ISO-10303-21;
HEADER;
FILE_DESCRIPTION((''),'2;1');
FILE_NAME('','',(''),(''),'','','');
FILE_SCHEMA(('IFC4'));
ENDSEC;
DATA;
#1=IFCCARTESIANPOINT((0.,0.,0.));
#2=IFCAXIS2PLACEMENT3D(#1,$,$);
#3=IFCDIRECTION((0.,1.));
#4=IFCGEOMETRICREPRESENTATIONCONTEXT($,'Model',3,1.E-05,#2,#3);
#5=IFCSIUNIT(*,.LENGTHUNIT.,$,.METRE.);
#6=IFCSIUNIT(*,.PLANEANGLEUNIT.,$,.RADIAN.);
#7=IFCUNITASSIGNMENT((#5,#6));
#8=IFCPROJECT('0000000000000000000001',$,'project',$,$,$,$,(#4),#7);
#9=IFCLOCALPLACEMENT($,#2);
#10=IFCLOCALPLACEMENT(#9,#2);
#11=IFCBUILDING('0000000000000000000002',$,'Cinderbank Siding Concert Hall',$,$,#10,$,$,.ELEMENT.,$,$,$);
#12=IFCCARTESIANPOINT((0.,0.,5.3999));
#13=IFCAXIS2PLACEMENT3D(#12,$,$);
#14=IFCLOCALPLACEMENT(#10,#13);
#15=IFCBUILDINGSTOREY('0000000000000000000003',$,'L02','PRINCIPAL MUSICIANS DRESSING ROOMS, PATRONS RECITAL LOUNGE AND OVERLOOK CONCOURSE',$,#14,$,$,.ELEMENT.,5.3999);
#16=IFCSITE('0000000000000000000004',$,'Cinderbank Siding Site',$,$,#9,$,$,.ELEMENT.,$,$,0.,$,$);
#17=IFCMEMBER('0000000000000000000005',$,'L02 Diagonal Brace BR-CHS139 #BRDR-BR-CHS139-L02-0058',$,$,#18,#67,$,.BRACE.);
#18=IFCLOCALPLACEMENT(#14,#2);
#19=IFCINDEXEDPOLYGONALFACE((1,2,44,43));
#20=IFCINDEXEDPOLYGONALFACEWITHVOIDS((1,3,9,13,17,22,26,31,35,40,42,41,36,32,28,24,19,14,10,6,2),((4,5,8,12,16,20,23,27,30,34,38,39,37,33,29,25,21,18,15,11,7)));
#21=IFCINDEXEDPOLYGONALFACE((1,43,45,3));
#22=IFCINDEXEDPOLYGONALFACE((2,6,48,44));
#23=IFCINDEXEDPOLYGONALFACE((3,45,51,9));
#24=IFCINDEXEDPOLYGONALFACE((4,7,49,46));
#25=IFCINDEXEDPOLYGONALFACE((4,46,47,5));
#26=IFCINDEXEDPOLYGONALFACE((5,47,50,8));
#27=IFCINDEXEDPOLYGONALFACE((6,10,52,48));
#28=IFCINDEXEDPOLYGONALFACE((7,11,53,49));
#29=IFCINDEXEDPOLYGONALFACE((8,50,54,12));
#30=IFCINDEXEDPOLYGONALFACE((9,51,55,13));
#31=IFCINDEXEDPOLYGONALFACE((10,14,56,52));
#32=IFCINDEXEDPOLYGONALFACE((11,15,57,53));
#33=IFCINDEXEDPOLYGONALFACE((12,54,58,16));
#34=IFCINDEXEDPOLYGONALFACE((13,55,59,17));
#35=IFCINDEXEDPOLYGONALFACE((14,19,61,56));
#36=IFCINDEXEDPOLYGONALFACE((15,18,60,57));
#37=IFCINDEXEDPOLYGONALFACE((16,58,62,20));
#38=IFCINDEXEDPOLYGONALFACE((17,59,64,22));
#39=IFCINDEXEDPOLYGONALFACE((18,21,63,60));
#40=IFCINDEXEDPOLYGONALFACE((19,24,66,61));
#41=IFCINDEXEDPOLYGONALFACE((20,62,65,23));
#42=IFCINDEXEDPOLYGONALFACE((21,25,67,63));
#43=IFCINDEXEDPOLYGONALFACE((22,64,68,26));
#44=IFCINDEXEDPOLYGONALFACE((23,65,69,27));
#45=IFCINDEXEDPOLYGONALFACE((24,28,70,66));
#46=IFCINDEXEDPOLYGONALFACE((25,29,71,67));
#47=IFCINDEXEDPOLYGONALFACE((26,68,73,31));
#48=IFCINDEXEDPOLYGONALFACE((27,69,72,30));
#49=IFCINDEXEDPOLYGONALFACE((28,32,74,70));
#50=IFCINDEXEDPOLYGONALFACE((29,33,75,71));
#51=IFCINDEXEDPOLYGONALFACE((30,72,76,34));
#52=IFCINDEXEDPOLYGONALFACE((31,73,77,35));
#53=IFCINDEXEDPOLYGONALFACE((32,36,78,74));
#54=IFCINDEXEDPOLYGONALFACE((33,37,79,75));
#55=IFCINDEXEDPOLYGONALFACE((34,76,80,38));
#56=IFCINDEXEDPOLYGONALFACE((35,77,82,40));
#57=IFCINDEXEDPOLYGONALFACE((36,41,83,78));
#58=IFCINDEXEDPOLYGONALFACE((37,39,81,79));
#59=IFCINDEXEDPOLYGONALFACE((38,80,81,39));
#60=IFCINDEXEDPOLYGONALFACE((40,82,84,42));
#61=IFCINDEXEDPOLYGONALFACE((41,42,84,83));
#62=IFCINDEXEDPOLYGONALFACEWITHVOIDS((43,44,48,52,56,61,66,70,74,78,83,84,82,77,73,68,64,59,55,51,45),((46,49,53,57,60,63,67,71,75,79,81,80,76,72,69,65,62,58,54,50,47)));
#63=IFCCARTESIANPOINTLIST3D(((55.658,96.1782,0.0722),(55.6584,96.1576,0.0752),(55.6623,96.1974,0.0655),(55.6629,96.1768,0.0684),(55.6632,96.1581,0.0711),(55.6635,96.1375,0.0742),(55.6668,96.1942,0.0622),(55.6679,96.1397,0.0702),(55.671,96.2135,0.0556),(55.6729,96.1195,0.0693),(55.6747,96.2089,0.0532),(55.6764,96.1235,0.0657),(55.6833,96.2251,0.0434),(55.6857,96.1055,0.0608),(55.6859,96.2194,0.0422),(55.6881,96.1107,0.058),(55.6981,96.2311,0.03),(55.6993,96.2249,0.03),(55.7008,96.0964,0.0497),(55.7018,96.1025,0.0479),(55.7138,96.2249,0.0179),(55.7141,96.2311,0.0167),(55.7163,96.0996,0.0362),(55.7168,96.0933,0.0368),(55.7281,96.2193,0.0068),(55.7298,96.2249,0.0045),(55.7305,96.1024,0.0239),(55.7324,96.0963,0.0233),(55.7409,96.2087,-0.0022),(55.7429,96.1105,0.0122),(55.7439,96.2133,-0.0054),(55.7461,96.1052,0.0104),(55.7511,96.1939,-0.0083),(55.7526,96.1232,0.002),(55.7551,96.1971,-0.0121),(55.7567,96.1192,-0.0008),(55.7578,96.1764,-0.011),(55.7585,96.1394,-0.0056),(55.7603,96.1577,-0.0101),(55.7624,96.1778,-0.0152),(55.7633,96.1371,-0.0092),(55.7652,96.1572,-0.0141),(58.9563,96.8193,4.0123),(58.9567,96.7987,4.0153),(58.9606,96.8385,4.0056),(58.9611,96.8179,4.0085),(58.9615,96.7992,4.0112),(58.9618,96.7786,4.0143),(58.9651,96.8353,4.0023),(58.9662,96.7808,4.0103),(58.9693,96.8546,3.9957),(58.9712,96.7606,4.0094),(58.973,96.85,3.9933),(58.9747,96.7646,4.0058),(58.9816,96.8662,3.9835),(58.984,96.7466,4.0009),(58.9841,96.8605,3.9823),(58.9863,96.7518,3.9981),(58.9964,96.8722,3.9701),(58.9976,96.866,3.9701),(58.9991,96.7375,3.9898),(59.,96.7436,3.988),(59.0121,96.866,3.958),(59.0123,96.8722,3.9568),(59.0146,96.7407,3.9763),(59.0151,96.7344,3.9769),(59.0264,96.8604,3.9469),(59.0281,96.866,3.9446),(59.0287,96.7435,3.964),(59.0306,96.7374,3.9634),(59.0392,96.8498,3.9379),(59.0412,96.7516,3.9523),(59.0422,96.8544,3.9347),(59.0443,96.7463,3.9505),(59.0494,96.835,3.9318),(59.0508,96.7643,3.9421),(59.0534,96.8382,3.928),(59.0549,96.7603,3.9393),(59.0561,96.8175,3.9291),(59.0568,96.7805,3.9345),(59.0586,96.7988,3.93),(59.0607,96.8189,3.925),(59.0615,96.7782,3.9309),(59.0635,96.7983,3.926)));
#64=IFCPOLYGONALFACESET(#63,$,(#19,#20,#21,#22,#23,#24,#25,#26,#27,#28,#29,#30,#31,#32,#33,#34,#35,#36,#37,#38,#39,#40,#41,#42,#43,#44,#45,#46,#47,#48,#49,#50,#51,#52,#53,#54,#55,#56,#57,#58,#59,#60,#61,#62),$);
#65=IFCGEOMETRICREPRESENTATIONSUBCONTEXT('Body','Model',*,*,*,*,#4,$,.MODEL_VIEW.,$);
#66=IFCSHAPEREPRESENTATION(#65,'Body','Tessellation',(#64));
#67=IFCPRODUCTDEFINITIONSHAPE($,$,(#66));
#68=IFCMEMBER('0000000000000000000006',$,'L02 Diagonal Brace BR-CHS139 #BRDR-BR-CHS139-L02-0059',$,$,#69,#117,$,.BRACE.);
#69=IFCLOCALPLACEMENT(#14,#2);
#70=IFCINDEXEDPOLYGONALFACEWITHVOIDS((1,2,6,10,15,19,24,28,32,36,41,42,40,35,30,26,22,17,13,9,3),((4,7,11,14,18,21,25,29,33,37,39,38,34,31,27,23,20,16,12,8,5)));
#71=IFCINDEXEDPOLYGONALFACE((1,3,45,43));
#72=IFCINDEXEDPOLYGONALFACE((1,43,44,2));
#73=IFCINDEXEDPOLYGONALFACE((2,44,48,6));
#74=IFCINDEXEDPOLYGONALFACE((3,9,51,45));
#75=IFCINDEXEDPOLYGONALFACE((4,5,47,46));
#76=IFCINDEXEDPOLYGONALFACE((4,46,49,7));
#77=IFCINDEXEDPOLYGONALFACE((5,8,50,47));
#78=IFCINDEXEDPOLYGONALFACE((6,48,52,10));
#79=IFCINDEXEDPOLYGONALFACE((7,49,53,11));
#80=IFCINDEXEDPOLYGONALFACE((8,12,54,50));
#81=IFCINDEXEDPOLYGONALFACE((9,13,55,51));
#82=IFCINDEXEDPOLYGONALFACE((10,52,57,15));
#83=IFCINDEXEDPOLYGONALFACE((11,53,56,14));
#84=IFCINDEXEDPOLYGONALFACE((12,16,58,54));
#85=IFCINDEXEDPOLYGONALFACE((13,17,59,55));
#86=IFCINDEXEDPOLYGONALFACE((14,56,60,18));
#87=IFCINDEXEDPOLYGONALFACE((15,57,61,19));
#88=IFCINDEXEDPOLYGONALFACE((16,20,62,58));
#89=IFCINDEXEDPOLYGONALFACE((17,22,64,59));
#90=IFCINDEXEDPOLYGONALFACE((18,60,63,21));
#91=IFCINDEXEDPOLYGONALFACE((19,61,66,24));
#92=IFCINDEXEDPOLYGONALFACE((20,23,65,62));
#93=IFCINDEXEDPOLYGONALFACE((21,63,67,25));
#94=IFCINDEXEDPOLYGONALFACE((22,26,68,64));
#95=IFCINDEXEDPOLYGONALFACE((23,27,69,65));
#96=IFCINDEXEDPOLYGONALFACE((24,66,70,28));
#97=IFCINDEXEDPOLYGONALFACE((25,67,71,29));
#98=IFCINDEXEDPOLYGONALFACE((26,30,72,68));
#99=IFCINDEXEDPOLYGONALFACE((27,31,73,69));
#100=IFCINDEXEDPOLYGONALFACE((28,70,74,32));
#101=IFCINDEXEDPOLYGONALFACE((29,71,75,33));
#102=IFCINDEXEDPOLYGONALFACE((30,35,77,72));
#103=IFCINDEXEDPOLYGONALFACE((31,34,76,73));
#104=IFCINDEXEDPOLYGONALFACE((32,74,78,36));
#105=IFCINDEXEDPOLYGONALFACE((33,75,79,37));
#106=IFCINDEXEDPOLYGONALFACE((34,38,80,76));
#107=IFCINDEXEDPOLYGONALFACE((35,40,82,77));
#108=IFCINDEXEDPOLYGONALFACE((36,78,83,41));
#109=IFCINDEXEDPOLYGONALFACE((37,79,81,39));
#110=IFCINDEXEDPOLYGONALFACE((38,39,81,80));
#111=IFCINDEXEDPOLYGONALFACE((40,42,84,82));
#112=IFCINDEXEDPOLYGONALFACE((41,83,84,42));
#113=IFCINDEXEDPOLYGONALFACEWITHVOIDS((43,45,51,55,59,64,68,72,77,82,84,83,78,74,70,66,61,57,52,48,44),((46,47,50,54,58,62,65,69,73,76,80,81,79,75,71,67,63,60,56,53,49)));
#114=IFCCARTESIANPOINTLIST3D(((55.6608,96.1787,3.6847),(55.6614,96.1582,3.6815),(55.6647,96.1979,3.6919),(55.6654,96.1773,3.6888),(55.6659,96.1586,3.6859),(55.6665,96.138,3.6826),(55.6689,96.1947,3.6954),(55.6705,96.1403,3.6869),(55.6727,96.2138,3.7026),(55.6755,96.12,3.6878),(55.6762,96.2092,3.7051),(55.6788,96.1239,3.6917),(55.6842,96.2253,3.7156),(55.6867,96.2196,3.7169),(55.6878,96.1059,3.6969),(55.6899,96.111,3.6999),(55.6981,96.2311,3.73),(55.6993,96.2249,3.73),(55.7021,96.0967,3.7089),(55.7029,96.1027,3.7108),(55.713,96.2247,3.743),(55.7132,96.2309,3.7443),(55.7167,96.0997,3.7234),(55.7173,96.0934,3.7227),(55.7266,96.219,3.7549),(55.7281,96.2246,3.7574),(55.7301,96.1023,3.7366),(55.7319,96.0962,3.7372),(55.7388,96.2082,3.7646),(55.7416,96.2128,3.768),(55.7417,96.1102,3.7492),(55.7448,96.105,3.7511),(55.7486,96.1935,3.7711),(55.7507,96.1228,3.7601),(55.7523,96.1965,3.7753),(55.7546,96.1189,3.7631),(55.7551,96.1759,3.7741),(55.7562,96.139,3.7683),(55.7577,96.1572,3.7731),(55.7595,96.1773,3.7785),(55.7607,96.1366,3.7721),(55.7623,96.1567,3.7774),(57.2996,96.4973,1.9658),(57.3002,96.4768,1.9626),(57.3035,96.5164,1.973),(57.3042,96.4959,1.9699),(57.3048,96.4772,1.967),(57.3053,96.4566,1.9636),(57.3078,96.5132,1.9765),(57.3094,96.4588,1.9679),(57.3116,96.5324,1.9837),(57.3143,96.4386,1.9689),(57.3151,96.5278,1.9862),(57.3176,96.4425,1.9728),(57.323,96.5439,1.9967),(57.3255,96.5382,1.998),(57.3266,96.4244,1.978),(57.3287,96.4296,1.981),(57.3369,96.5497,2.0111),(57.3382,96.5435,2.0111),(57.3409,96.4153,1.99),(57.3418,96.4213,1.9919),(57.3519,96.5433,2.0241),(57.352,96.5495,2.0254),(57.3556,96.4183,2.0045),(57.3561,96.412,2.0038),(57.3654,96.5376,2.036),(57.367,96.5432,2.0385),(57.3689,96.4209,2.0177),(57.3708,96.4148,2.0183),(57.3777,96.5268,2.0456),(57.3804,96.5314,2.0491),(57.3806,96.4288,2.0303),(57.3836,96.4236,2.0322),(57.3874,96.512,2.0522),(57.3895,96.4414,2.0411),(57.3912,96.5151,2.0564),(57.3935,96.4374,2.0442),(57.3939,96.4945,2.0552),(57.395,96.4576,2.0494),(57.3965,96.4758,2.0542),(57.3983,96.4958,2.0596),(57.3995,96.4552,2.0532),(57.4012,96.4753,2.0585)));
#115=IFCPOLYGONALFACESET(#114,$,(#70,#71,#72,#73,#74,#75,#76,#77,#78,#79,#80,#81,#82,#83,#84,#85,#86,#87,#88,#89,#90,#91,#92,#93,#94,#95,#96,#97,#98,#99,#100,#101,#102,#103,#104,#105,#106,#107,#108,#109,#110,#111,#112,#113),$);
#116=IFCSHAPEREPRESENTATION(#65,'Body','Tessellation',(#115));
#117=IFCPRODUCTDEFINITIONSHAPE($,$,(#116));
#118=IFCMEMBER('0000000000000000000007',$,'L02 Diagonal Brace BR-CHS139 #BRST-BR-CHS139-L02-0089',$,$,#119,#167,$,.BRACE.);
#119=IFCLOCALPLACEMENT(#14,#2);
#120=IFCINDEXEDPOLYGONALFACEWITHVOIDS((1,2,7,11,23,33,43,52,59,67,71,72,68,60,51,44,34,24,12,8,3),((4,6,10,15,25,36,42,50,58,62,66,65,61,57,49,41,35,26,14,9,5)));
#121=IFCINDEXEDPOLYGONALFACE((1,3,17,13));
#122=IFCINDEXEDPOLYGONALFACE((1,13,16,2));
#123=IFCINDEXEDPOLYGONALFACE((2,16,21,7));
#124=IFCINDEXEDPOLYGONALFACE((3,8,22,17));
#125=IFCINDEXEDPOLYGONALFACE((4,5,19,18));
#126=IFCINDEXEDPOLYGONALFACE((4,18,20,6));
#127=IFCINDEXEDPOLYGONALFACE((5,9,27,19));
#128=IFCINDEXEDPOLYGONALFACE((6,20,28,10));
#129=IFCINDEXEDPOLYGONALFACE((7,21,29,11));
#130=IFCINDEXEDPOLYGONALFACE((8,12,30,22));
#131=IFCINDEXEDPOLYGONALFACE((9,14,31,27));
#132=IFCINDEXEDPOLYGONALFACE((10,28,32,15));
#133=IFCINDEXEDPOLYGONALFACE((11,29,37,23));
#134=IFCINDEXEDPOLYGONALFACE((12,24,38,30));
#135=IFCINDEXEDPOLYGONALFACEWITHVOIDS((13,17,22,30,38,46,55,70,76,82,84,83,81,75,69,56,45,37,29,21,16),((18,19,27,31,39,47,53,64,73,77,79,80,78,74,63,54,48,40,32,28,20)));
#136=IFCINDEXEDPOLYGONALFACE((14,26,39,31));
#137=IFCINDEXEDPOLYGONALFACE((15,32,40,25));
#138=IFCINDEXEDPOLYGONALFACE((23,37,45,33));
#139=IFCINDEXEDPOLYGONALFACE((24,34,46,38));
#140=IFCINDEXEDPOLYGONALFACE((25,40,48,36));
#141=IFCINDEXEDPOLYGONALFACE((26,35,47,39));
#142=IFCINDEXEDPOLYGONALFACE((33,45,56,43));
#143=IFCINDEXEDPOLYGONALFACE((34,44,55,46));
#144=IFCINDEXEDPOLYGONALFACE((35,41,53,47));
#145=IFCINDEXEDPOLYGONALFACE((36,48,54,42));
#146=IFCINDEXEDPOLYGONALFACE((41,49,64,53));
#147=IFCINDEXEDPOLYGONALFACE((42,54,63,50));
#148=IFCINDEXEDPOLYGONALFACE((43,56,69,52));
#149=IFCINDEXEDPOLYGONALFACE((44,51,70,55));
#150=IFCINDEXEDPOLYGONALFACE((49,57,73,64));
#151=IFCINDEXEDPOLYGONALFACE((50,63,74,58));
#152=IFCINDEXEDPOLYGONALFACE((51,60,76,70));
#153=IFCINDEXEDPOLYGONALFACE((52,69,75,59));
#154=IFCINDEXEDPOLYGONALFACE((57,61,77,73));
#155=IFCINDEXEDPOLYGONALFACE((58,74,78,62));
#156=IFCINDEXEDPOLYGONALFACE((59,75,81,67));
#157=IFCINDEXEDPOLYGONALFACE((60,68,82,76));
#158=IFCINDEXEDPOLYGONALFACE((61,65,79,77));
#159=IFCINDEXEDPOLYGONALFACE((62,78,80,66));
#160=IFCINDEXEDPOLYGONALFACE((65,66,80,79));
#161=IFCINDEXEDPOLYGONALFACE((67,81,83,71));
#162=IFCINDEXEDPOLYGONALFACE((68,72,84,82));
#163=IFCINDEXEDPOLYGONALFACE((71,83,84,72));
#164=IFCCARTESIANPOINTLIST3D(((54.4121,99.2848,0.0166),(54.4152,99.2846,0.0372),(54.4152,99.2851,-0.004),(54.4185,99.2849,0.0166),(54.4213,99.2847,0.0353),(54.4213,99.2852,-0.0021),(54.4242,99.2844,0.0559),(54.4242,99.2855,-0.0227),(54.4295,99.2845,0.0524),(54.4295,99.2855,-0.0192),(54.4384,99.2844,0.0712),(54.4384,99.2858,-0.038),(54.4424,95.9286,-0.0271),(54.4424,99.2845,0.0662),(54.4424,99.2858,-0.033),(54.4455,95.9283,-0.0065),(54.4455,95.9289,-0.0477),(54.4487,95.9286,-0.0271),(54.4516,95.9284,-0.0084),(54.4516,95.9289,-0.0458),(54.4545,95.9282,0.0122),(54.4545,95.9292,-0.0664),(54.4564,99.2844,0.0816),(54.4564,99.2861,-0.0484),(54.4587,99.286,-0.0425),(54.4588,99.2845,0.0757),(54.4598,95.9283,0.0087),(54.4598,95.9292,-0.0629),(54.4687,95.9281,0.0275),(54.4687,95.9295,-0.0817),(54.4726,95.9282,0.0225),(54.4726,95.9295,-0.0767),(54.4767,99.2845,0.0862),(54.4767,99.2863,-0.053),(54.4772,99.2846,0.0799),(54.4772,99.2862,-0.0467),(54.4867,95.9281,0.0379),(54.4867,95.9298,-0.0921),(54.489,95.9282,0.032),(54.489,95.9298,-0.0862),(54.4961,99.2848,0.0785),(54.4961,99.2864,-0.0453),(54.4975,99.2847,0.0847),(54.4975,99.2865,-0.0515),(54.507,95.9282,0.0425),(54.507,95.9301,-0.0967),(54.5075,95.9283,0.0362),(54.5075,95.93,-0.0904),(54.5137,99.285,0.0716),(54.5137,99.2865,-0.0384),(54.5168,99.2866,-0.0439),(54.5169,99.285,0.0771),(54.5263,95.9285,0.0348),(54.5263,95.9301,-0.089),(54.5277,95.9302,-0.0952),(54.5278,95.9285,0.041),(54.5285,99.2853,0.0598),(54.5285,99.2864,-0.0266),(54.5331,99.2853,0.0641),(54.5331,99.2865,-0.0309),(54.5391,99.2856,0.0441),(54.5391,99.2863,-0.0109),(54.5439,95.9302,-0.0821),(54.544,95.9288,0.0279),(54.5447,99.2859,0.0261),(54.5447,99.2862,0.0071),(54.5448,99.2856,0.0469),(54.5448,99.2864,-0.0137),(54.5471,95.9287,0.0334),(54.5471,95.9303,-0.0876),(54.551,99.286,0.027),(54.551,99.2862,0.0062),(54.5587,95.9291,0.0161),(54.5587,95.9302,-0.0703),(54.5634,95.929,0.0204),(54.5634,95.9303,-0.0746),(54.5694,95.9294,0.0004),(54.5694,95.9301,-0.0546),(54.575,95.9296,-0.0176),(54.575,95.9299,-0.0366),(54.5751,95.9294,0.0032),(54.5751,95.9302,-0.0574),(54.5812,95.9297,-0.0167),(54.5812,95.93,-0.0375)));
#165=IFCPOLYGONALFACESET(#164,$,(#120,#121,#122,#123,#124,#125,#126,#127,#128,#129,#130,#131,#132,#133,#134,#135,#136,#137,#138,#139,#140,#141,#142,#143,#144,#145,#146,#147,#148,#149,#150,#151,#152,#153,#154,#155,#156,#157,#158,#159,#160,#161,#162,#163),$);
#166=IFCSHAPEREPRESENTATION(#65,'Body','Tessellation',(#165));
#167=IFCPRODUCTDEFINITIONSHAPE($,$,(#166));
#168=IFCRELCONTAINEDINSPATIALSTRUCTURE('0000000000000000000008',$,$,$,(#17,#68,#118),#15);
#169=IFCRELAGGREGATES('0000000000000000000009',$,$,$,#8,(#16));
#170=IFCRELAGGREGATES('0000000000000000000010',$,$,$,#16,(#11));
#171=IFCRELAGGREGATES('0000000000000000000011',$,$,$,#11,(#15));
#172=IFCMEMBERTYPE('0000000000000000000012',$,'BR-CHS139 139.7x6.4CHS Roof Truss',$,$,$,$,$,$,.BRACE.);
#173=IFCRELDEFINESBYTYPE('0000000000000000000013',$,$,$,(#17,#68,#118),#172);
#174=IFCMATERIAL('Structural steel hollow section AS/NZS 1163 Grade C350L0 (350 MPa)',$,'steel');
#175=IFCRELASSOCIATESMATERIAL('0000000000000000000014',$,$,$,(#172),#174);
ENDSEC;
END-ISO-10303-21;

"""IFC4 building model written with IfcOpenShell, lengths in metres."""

from ifc_helpers import new_model, si_unit, direction, frame, origin, origin_2d, place, context, subcontext, project, spatial, hollow_circle, extrude, material, material_profile, profile_set, type_object, element, save


model = new_model("IFC4")

# Units and contexts
model_context = context("Model", 3, precision=1e-05, world=origin(), true_north=direction((0.0, 1.0)))
body_context = subcontext(model_context, "Body", "Model", "MODEL_VIEW")
ifc_project = project(units=[si_unit("LENGTHUNIT", "METRE"), si_unit("PLANEANGLEUNIT", "RADIAN")], contexts=[model_context])

# Site, building, storey
site_placement = place(None, origin())
site = spatial("IfcSite", under=ifc_project, at=site_placement, Name="Cinderbank Siding Site", CompositionType="ELEMENT", RefElevation=0.0)
building_placement = place(site_placement, origin())
building = spatial("IfcBuilding", under=site, at=building_placement, Name="Cinderbank Siding Concert Hall", CompositionType="ELEMENT")
storey_placement = place(building_placement, frame((0.0, 0.0, 5.3999)))
storey = spatial("IfcBuildingStorey", under=building, at=storey_placement, Name="L02", Description="PRINCIPAL MUSICIANS DRESSING ROOMS, PATRONS RECITAL LOUNGE AND OVERLOOK CONCOURSE", CompositionType="ELEMENT", Elevation=5.3999)

# Members
ifc_material_1 = material(Name="Structural steel hollow section AS/NZS 1163 Grade C350L0 (350 MPa)", Category="steel")
ifc_material_profile_1 = material_profile(ifc_material_1, hollow_circle(Radius=0.0698, WallThickness=0.0063, at=origin_2d()), Name="139.7x6.4CHS", Category="LoadBearing")
ifc_profile_set_1 = profile_set([ifc_material_profile_1], Name="Structural steel hollow section AS/NZS 1163 Grade C350L0 (350 MPa)")
member_type_1 = type_object("IfcMemberType", Name="BR-CHS139 139.7x6.4CHS Roof Truss", PredefinedType="BRACE", material=ifc_profile_set_1)
member_1_placement = place(storey_placement, frame((55.7114, 96.1626, 0.03), z_axis=(0.63695, 0.123807, 0.760898), x_axis=(-0.190804, 0.981628, 0.0)))
element("IfcMember", 1, at=member_1_placement, inside=storey, type_object=member_type_1, Name="L02 Diagonal Brace BR-CHS139 #BRDR-BR-CHS139-L02-0058", PredefinedType="BRACE", context=body_context, shape_type="SweptSolid", body=[
    extrude(hollow_circle(Radius=0.0698, WallThickness=0.0063, at=origin_2d()), origin(), (0.0, 0.0, 1.0), 5.1782),
])
member_2_placement = place(storey_placement, frame((55.7114, 96.1626, 3.73), z_axis=(0.683922, 0.132954, -0.717338), x_axis=(-0.190827, 0.981624, 0.0)))
element("IfcMember", 2, at=member_2_placement, inside=storey, type_object=member_type_1, Name="L02 Diagonal Brace BR-CHS139 #BRDR-BR-CHS139-L02-0059", PredefinedType="BRACE", context=body_context, shape_type="SweptSolid", body=[
    extrude(hollow_circle(Radius=0.0698, WallThickness=0.0063, at=origin_2d()), origin(), (0.0, 0.0, 1.0), 2.3962),
])
member_3_placement = place(storey_placement, frame((54.5122, 95.9292, -0.0271), z_axis=(-0.009019, 0.999875, 0.013019), x_axis=(-0.999959, -0.00902, 0.0)))
element("IfcMember", 3, at=member_3_placement, inside=storey, type_object=member_type_1, Name="L02 Diagonal Brace BR-CHS139 #BRST-BR-CHS139-L02-0089", PredefinedType="BRACE", context=body_context, shape_type="SweptSolid", body=[
    extrude(hollow_circle(Radius=0.0698, WallThickness=0.0063, at=origin_2d()), origin(), (0.0, 0.0, 1.0), 3.3567),
])

save(model, "model.ifc")
